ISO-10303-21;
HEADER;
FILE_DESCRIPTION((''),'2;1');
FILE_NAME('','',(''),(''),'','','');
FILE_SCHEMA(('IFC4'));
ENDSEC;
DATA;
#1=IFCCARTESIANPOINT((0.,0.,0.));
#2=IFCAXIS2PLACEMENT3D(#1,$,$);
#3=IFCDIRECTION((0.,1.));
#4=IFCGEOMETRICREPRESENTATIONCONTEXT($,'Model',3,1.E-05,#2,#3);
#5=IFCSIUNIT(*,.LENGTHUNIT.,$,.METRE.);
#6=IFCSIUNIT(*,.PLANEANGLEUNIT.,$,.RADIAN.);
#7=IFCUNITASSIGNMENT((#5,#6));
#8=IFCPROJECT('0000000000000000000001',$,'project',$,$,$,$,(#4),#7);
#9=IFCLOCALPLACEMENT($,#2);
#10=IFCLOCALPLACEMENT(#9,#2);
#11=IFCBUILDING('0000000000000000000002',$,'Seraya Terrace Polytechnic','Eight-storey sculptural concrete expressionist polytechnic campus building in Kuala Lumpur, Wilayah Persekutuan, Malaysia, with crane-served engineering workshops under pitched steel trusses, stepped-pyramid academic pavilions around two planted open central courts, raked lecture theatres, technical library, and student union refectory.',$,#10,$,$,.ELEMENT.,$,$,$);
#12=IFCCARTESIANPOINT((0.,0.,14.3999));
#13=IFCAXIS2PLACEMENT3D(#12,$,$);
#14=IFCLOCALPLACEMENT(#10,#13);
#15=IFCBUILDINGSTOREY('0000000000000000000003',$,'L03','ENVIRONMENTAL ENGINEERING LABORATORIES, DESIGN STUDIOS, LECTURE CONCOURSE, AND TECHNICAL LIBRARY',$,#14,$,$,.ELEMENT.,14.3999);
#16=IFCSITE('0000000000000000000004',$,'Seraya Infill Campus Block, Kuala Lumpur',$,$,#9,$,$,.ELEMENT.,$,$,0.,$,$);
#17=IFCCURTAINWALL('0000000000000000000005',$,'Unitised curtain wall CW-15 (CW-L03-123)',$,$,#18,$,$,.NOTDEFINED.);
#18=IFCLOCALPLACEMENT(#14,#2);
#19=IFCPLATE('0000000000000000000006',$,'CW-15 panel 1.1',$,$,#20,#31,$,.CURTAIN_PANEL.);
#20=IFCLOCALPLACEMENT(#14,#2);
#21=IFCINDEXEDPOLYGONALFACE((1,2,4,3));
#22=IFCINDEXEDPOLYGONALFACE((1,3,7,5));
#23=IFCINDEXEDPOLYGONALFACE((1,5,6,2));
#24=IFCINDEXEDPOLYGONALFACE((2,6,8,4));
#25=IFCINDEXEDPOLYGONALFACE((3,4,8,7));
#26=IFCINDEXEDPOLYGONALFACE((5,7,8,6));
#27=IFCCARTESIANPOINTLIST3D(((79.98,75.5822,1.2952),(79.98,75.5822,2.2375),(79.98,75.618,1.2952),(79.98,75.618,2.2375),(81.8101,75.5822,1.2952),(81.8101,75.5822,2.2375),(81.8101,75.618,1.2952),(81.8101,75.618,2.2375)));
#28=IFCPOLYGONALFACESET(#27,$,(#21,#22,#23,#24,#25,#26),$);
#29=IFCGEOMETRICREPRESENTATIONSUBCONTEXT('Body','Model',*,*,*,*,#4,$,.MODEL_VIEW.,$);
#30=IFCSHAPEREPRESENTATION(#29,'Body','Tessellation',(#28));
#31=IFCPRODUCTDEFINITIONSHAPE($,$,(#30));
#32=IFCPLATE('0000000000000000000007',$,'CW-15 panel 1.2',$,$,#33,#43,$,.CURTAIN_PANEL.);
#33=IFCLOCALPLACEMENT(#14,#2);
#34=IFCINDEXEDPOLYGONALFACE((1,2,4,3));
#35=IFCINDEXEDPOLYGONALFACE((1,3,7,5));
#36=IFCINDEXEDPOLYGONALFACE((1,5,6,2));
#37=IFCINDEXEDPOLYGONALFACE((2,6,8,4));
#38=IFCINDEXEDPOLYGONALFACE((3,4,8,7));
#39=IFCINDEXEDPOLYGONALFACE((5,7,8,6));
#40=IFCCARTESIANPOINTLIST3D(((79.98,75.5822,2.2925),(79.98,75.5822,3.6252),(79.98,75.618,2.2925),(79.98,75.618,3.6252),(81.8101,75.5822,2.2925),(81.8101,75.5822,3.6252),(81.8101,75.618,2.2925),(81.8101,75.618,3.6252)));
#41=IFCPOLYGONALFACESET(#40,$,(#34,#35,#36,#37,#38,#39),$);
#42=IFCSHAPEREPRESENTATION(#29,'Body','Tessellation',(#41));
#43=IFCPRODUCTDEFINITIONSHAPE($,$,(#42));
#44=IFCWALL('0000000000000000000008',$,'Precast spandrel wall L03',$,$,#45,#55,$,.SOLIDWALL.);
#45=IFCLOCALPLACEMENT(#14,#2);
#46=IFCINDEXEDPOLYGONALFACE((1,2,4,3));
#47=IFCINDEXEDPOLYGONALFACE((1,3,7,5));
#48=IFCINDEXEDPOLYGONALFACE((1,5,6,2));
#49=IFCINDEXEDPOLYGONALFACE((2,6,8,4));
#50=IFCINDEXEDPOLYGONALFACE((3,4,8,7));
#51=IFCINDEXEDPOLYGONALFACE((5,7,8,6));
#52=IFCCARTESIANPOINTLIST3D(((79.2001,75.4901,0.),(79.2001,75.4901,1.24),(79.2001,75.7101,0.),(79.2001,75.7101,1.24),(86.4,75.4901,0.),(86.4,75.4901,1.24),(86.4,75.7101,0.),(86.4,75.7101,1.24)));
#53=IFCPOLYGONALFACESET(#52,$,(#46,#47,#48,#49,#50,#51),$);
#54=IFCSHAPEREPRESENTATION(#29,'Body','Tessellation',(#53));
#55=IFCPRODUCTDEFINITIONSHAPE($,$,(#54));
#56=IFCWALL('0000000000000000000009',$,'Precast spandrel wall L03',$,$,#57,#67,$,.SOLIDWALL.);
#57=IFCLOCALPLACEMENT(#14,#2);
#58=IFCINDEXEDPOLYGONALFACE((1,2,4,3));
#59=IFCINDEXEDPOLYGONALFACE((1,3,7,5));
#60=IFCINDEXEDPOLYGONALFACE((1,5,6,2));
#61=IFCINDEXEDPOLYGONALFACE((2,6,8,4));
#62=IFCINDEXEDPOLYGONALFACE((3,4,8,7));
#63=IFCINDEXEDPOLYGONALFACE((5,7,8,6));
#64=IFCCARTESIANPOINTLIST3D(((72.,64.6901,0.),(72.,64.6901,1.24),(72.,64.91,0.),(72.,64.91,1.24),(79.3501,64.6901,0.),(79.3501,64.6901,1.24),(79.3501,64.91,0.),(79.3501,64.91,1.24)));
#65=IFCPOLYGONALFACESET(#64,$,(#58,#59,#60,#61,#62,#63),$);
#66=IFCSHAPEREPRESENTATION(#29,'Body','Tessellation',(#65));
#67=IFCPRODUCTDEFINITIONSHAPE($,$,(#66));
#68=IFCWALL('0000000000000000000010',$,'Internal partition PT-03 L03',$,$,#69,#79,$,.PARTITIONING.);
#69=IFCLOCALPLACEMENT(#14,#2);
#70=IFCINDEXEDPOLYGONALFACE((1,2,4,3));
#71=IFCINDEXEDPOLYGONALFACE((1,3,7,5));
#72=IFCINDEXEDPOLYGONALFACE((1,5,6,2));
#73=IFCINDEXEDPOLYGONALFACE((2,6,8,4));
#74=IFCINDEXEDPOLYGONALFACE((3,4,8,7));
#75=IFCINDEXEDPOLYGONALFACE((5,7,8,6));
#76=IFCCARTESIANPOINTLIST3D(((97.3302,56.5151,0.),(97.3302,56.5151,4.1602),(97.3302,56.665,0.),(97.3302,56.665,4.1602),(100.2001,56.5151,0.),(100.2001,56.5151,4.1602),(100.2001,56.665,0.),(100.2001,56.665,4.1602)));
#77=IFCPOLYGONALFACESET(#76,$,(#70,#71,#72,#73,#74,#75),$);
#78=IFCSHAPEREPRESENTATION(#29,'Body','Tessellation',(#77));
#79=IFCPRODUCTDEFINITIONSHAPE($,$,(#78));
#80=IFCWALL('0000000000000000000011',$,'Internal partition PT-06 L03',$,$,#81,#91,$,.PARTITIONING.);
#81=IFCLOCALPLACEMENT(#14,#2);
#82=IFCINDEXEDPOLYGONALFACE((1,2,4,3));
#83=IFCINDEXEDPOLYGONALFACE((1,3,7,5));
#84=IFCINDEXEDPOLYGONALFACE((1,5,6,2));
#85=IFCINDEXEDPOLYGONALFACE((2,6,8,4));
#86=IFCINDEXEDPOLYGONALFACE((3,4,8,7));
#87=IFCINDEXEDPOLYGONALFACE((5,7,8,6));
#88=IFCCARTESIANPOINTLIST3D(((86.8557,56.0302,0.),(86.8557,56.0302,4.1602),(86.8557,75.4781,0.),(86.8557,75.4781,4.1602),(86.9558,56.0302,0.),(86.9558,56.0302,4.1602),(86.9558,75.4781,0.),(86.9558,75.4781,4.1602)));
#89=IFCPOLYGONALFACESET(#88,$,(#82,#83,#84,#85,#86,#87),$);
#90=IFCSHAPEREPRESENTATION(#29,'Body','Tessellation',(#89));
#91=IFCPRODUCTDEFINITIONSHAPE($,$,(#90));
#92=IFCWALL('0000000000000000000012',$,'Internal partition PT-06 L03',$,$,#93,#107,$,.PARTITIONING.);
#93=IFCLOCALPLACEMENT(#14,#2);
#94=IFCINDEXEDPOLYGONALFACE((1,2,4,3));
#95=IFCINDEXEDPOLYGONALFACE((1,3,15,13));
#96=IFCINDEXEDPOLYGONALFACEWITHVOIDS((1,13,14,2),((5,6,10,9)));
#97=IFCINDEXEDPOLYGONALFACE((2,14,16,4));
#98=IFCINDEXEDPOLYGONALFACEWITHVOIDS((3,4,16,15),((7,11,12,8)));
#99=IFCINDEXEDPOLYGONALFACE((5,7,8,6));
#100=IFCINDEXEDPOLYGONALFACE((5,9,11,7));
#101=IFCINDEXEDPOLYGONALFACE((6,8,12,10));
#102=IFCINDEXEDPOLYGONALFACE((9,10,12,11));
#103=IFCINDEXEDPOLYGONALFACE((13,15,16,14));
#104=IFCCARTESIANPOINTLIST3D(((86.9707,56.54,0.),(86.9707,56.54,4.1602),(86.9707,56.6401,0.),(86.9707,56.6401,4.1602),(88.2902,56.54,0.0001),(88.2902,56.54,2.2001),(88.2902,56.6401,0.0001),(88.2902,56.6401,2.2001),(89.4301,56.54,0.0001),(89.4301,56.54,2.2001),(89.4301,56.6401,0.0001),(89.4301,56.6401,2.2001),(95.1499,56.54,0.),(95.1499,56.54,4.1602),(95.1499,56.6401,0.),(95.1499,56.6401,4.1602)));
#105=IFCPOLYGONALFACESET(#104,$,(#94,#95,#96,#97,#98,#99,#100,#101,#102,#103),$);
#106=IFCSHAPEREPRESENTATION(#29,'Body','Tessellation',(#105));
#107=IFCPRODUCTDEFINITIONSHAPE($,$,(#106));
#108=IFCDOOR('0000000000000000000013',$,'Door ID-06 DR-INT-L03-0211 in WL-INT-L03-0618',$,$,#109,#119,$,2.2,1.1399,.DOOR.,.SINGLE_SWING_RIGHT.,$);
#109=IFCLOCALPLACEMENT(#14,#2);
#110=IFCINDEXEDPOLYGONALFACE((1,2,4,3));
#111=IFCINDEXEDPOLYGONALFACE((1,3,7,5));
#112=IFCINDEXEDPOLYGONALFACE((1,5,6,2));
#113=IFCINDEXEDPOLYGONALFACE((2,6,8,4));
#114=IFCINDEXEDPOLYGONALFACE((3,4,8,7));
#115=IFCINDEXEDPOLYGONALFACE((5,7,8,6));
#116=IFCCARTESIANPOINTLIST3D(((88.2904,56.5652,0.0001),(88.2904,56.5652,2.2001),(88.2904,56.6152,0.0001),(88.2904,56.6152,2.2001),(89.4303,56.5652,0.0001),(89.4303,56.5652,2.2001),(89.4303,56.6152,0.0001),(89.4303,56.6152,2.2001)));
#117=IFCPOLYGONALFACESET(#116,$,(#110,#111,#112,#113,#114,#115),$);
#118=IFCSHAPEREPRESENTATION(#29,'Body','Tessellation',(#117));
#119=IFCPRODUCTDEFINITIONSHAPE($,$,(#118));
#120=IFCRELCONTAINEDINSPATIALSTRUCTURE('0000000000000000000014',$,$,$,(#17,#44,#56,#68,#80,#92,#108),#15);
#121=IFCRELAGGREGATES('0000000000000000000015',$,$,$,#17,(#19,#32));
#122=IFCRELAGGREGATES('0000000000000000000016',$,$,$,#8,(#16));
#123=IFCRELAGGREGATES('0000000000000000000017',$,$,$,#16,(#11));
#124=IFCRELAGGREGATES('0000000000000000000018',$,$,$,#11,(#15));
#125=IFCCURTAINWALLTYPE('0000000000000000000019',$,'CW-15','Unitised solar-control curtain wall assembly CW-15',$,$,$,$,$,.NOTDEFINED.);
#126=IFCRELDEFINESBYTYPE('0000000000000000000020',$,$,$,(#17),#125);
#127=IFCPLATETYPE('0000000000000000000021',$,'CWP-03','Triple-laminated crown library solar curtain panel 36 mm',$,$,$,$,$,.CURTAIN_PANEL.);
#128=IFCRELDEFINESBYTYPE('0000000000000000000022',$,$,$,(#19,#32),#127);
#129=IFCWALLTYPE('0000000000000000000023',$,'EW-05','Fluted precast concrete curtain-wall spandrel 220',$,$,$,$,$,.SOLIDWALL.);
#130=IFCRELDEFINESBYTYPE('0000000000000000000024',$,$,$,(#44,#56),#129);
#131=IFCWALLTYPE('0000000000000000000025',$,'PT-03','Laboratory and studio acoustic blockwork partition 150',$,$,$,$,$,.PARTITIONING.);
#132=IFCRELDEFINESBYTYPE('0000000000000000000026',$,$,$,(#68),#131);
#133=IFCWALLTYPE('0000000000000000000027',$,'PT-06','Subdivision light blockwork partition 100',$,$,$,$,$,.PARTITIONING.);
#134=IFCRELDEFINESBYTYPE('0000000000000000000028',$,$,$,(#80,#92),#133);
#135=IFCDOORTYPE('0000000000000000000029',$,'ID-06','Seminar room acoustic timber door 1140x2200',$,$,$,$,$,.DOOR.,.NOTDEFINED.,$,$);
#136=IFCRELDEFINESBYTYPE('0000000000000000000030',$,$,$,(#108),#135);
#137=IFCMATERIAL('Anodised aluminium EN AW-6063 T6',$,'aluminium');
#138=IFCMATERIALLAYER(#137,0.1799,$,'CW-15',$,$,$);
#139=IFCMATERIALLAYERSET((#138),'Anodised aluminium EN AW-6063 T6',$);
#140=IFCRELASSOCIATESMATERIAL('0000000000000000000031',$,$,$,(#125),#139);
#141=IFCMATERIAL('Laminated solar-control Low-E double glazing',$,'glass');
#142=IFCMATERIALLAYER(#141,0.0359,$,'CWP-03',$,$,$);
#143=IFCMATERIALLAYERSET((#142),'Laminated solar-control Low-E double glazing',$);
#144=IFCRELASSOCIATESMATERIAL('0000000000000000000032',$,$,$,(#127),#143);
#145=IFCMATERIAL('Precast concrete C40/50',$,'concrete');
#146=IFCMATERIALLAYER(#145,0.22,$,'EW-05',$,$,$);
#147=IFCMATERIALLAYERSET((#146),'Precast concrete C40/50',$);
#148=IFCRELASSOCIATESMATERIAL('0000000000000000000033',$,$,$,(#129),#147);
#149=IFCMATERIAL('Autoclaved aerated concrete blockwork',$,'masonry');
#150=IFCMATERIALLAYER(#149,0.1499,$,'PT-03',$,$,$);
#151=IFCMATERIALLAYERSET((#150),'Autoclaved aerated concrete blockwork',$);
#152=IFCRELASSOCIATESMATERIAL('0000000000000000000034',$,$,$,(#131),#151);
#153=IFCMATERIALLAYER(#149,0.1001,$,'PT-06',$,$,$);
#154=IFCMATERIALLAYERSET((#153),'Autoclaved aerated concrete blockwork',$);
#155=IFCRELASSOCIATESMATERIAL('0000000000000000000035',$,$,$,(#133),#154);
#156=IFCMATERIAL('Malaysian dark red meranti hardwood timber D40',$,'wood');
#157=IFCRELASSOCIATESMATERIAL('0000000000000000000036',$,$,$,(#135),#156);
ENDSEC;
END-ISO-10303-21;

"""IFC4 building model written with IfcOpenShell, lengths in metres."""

from ifc_helpers import new_model, si_unit, direction, frame, frame_2d, origin, origin_2d, place, context, subcontext, project, spatial, rectangle, extrude, material, layer, layer_set, type_object, element, fill, aggregate, save


model = new_model("IFC4")

# Units and contexts
model_context = context("Model", 3, precision=1e-05, world=origin(), true_north=direction((0.0, 1.0)))
body_context = subcontext(model_context, "Body", "Model", "MODEL_VIEW")
ifc_project = project(units=[si_unit("LENGTHUNIT", "METRE"), si_unit("PLANEANGLEUNIT", "RADIAN")], contexts=[model_context])

# Site, building, storey
site_placement = place(None, origin())
site = spatial("IfcSite", under=ifc_project, at=site_placement, Name="Seraya Infill Campus Block, Kuala Lumpur", CompositionType="ELEMENT", RefElevation=0.0)
building_placement = place(site_placement, origin())
building = spatial("IfcBuilding", under=site, at=building_placement, Name="Seraya Terrace Polytechnic", Description="Eight-storey sculptural concrete expressionist polytechnic campus building in Kuala Lumpur, Wilayah Persekutuan, Malaysia, with crane-served engineering workshops under pitched steel trusses, stepped-pyramid academic pavilions around two planted open central courts, raked lecture theatres, technical library, and student union refectory.", CompositionType="ELEMENT")
storey_placement = place(building_placement, frame((0.0, 0.0, 14.3999)))
storey = spatial("IfcBuildingStorey", under=building, at=storey_placement, Name="L03", Description="ENVIRONMENTAL ENGINEERING LABORATORIES, DESIGN STUDIOS, LECTURE CONCOURSE, AND TECHNICAL LIBRARY", CompositionType="ELEMENT", Elevation=14.3999)

# Curtain wall
ifc_material_1 = material(Name="Anodised aluminium EN AW-6063 T6", Category="aluminium")
ifc_layer_1 = layer(ifc_material_1, 0.1799, Name="CW-15")
ifc_layer_set_1 = layer_set([ifc_layer_1], Name="Anodised aluminium EN AW-6063 T6")
curtain_wall_type = type_object("IfcCurtainWallType", Name="CW-15", Description="Unitised solar-control curtain wall assembly CW-15", PredefinedType="NOTDEFINED", material=ifc_layer_set_1)
curtain_wall_placement = place(storey_placement, origin())
curtain_wall = element("IfcCurtainWall", 1, at=curtain_wall_placement, inside=storey, type_object=curtain_wall_type, Name="Unitised curtain wall CW-15 (CW-L03-123)", PredefinedType="NOTDEFINED")

# Plates
ifc_material_2 = material(Name="Laminated solar-control Low-E double glazing", Category="glass")
ifc_layer_2 = layer(ifc_material_2, 0.0359, Name="CWP-03")
ifc_layer_set_2 = layer_set([ifc_layer_2], Name="Laminated solar-control Low-E double glazing")
plate_type = type_object("IfcPlateType", Name="CWP-03", Description="Triple-laminated crown library solar curtain panel 36 mm", PredefinedType="CURTAIN_PANEL", material=ifc_layer_set_2)
plate_1_placement = place(storey_placement, frame((80.895, 75.6001, 1.2952), z_axis=(0.0, 0.0, 1.0), x_axis=(1.0, 0.0, 0.0)))
plate_1 = element("IfcPlate", 2, at=plate_1_placement, type_object=plate_type, Name="CW-15 panel 1.1", PredefinedType="CURTAIN_PANEL", context=body_context, shape_type="SweptSolid", body=[
    extrude(rectangle(XDim=1.8301, YDim=0.0359, at=origin_2d()), origin(), (0.0, 0.0, 1.0), 0.9424),
])
plate_2_placement = place(storey_placement, frame((80.895, 75.6001, 2.2925), z_axis=(0.0, 0.0, 1.0), x_axis=(1.0, 0.0, 0.0)))
plate_2 = element("IfcPlate", 3, at=plate_2_placement, type_object=plate_type, Name="CW-15 panel 1.2", PredefinedType="CURTAIN_PANEL", context=body_context, shape_type="SweptSolid", body=[
    extrude(rectangle(XDim=1.8301, YDim=0.0359, at=origin_2d()), origin(), (0.0, 0.0, 1.0), 1.3328),
])
aggregate(curtain_wall, [plate_1, plate_2])

# Walls
ifc_material_3 = material(Name="Precast concrete C40/50", Category="concrete")
ifc_layer_3 = layer(ifc_material_3, 0.22, Name="EW-05")
ifc_layer_set_3 = layer_set([ifc_layer_3], Name="Precast concrete C40/50")
wall_type_1 = type_object("IfcWallType", Name="EW-05", Description="Fluted precast concrete curtain-wall spandrel 220", PredefinedType="SOLIDWALL", material=ifc_layer_set_3)
wall_1_placement = place(storey_placement, frame((79.2, 75.6001, 0.0), z_axis=(0.0, 0.0, 1.0), x_axis=(1.0, 0.0, 0.0)))
element("IfcWall", 4, at=wall_1_placement, inside=storey, type_object=wall_type_1, Name="Precast spandrel wall L03", PredefinedType="SOLIDWALL", context=body_context, shape_type="SweptSolid", body=[
    extrude(rectangle(XDim=7.2, YDim=0.22, at=frame_2d((3.6001, 0.0))), origin(), (0.0, 0.0, 1.0), 1.24),
])
wall_2_placement = place(storey_placement, frame((79.3501, 64.8, 0.0), z_axis=(0.0, 0.0, 1.0), x_axis=(-1.0, 0.0, 0.0)))
element("IfcWall", 5, at=wall_2_placement, inside=storey, type_object=wall_type_1, Name="Precast spandrel wall L03", PredefinedType="SOLIDWALL", context=body_context, shape_type="SweptSolid", body=[
    extrude(rectangle(XDim=7.3501, YDim=0.22, at=frame_2d((3.675, 0.0))), origin(), (0.0, 0.0, 1.0), 1.24),
])
ifc_material_4 = material(Name="Autoclaved aerated concrete blockwork", Category="masonry")
ifc_layer_4 = layer(ifc_material_4, 0.1499, Name="PT-03")
ifc_layer_set_4 = layer_set([ifc_layer_4], Name="Autoclaved aerated concrete blockwork")
wall_type_2 = type_object("IfcWallType", Name="PT-03", Description="Laboratory and studio acoustic blockwork partition 150", PredefinedType="PARTITIONING", material=ifc_layer_set_4)
wall_3_placement = place(storey_placement, frame((97.3301, 56.5901, 0.0), z_axis=(0.0, 0.0, 1.0), x_axis=(1.0, 0.0, 0.0)))
element("IfcWall", 6, at=wall_3_placement, inside=storey, type_object=wall_type_2, Name="Internal partition PT-03 L03", PredefinedType="PARTITIONING", context=body_context, shape_type="SweptSolid", body=[
    extrude(rectangle(XDim=2.8699, YDim=0.1499, at=frame_2d((1.4351, 0.0))), origin(), (0.0, 0.0, 1.0), 4.1602),
])
ifc_layer_5 = layer(ifc_material_4, 0.1001, Name="PT-06")
ifc_layer_set_5 = layer_set([ifc_layer_5], Name="Autoclaved aerated concrete blockwork")
wall_type_3 = type_object("IfcWallType", Name="PT-06", Description="Subdivision light blockwork partition 100", PredefinedType="PARTITIONING", material=ifc_layer_set_5)
wall_4_placement = place(storey_placement, frame((86.9058, 56.03, 0.0), z_axis=(0.0, 0.0, 1.0), x_axis=(0.0, 1.0, 0.0)))
element("IfcWall", 7, at=wall_4_placement, inside=storey, type_object=wall_type_3, Name="Internal partition PT-06 L03", PredefinedType="PARTITIONING", context=body_context, shape_type="SweptSolid", body=[
    extrude(rectangle(XDim=19.448, YDim=0.1001, at=frame_2d((9.7241, 0.0))), origin(), (0.0, 0.0, 1.0), 4.1602),
])

# Wall, opening, door
wall_5_placement = place(storey_placement, frame((86.9707, 56.5901, 0.0), z_axis=(0.0, 0.0, 1.0), x_axis=(1.0, 0.0, 0.0)))
wall_5 = element("IfcWall", 8, at=wall_5_placement, inside=storey, type_object=wall_type_3, Name="Internal partition PT-06 L03", PredefinedType="PARTITIONING", context=body_context, shape_type="SweptSolid", body=[
    extrude(rectangle(XDim=8.1792, YDim=0.1001, at=frame_2d((4.0896, 0.0))), origin(), (0.0, 0.0, 1.0), 4.1602),
])
opening_placement = place(wall_5_placement, frame((1.3196, 0.0, 0.0)))
opening = element("IfcOpeningElement", 9, at=opening_placement, cuts=wall_5, PredefinedType="OPENING", context=body_context, shape_type="SweptSolid", body=[
    extrude(rectangle(XDim=1.1399, YDim=2.2, at=frame_2d((0.5698, 1.1001))), frame((0.0, 0.062, 0.0), z_axis=(0.0, -1.0, 0.0), x_axis=(1.0, 0.0, 0.0)), (0.0, 0.0, 1.0), 0.124),
])
ifc_material_5 = material(Name="Malaysian dark red meranti hardwood timber D40", Category="wood")
door_type = type_object("IfcDoorType", Name="ID-06", Description="Seminar room acoustic timber door 1140x2200", OperationType="NOTDEFINED", PredefinedType="DOOR", material=ifc_material_5)
door_placement = place(opening_placement, frame((1.1399, 0.0, 0.0), z_axis=(0.0, 0.0, 1.0), x_axis=(-1.0, 0.0, 0.0)))
door = element("IfcDoor", 10, at=door_placement, inside=storey, type_object=door_type, Name="Door ID-06 DR-INT-L03-0211 in WL-INT-L03-0618", OperationType="SINGLE_SWING_RIGHT", OverallHeight=2.2, OverallWidth=1.1399, PredefinedType="DOOR", context=body_context, shape_type="SweptSolid", body=[
    extrude(rectangle(XDim=1.1399, YDim=2.2, at=frame_2d((0.5698, 1.1001))), frame((0.0, 0.0249, 0.0), z_axis=(0.0, -1.0, 0.0), x_axis=(1.0, 0.0, 0.0)), (0.0, 0.0, 1.0), 0.05),
])
fill(opening, door)

save(model, "model.ifc")
